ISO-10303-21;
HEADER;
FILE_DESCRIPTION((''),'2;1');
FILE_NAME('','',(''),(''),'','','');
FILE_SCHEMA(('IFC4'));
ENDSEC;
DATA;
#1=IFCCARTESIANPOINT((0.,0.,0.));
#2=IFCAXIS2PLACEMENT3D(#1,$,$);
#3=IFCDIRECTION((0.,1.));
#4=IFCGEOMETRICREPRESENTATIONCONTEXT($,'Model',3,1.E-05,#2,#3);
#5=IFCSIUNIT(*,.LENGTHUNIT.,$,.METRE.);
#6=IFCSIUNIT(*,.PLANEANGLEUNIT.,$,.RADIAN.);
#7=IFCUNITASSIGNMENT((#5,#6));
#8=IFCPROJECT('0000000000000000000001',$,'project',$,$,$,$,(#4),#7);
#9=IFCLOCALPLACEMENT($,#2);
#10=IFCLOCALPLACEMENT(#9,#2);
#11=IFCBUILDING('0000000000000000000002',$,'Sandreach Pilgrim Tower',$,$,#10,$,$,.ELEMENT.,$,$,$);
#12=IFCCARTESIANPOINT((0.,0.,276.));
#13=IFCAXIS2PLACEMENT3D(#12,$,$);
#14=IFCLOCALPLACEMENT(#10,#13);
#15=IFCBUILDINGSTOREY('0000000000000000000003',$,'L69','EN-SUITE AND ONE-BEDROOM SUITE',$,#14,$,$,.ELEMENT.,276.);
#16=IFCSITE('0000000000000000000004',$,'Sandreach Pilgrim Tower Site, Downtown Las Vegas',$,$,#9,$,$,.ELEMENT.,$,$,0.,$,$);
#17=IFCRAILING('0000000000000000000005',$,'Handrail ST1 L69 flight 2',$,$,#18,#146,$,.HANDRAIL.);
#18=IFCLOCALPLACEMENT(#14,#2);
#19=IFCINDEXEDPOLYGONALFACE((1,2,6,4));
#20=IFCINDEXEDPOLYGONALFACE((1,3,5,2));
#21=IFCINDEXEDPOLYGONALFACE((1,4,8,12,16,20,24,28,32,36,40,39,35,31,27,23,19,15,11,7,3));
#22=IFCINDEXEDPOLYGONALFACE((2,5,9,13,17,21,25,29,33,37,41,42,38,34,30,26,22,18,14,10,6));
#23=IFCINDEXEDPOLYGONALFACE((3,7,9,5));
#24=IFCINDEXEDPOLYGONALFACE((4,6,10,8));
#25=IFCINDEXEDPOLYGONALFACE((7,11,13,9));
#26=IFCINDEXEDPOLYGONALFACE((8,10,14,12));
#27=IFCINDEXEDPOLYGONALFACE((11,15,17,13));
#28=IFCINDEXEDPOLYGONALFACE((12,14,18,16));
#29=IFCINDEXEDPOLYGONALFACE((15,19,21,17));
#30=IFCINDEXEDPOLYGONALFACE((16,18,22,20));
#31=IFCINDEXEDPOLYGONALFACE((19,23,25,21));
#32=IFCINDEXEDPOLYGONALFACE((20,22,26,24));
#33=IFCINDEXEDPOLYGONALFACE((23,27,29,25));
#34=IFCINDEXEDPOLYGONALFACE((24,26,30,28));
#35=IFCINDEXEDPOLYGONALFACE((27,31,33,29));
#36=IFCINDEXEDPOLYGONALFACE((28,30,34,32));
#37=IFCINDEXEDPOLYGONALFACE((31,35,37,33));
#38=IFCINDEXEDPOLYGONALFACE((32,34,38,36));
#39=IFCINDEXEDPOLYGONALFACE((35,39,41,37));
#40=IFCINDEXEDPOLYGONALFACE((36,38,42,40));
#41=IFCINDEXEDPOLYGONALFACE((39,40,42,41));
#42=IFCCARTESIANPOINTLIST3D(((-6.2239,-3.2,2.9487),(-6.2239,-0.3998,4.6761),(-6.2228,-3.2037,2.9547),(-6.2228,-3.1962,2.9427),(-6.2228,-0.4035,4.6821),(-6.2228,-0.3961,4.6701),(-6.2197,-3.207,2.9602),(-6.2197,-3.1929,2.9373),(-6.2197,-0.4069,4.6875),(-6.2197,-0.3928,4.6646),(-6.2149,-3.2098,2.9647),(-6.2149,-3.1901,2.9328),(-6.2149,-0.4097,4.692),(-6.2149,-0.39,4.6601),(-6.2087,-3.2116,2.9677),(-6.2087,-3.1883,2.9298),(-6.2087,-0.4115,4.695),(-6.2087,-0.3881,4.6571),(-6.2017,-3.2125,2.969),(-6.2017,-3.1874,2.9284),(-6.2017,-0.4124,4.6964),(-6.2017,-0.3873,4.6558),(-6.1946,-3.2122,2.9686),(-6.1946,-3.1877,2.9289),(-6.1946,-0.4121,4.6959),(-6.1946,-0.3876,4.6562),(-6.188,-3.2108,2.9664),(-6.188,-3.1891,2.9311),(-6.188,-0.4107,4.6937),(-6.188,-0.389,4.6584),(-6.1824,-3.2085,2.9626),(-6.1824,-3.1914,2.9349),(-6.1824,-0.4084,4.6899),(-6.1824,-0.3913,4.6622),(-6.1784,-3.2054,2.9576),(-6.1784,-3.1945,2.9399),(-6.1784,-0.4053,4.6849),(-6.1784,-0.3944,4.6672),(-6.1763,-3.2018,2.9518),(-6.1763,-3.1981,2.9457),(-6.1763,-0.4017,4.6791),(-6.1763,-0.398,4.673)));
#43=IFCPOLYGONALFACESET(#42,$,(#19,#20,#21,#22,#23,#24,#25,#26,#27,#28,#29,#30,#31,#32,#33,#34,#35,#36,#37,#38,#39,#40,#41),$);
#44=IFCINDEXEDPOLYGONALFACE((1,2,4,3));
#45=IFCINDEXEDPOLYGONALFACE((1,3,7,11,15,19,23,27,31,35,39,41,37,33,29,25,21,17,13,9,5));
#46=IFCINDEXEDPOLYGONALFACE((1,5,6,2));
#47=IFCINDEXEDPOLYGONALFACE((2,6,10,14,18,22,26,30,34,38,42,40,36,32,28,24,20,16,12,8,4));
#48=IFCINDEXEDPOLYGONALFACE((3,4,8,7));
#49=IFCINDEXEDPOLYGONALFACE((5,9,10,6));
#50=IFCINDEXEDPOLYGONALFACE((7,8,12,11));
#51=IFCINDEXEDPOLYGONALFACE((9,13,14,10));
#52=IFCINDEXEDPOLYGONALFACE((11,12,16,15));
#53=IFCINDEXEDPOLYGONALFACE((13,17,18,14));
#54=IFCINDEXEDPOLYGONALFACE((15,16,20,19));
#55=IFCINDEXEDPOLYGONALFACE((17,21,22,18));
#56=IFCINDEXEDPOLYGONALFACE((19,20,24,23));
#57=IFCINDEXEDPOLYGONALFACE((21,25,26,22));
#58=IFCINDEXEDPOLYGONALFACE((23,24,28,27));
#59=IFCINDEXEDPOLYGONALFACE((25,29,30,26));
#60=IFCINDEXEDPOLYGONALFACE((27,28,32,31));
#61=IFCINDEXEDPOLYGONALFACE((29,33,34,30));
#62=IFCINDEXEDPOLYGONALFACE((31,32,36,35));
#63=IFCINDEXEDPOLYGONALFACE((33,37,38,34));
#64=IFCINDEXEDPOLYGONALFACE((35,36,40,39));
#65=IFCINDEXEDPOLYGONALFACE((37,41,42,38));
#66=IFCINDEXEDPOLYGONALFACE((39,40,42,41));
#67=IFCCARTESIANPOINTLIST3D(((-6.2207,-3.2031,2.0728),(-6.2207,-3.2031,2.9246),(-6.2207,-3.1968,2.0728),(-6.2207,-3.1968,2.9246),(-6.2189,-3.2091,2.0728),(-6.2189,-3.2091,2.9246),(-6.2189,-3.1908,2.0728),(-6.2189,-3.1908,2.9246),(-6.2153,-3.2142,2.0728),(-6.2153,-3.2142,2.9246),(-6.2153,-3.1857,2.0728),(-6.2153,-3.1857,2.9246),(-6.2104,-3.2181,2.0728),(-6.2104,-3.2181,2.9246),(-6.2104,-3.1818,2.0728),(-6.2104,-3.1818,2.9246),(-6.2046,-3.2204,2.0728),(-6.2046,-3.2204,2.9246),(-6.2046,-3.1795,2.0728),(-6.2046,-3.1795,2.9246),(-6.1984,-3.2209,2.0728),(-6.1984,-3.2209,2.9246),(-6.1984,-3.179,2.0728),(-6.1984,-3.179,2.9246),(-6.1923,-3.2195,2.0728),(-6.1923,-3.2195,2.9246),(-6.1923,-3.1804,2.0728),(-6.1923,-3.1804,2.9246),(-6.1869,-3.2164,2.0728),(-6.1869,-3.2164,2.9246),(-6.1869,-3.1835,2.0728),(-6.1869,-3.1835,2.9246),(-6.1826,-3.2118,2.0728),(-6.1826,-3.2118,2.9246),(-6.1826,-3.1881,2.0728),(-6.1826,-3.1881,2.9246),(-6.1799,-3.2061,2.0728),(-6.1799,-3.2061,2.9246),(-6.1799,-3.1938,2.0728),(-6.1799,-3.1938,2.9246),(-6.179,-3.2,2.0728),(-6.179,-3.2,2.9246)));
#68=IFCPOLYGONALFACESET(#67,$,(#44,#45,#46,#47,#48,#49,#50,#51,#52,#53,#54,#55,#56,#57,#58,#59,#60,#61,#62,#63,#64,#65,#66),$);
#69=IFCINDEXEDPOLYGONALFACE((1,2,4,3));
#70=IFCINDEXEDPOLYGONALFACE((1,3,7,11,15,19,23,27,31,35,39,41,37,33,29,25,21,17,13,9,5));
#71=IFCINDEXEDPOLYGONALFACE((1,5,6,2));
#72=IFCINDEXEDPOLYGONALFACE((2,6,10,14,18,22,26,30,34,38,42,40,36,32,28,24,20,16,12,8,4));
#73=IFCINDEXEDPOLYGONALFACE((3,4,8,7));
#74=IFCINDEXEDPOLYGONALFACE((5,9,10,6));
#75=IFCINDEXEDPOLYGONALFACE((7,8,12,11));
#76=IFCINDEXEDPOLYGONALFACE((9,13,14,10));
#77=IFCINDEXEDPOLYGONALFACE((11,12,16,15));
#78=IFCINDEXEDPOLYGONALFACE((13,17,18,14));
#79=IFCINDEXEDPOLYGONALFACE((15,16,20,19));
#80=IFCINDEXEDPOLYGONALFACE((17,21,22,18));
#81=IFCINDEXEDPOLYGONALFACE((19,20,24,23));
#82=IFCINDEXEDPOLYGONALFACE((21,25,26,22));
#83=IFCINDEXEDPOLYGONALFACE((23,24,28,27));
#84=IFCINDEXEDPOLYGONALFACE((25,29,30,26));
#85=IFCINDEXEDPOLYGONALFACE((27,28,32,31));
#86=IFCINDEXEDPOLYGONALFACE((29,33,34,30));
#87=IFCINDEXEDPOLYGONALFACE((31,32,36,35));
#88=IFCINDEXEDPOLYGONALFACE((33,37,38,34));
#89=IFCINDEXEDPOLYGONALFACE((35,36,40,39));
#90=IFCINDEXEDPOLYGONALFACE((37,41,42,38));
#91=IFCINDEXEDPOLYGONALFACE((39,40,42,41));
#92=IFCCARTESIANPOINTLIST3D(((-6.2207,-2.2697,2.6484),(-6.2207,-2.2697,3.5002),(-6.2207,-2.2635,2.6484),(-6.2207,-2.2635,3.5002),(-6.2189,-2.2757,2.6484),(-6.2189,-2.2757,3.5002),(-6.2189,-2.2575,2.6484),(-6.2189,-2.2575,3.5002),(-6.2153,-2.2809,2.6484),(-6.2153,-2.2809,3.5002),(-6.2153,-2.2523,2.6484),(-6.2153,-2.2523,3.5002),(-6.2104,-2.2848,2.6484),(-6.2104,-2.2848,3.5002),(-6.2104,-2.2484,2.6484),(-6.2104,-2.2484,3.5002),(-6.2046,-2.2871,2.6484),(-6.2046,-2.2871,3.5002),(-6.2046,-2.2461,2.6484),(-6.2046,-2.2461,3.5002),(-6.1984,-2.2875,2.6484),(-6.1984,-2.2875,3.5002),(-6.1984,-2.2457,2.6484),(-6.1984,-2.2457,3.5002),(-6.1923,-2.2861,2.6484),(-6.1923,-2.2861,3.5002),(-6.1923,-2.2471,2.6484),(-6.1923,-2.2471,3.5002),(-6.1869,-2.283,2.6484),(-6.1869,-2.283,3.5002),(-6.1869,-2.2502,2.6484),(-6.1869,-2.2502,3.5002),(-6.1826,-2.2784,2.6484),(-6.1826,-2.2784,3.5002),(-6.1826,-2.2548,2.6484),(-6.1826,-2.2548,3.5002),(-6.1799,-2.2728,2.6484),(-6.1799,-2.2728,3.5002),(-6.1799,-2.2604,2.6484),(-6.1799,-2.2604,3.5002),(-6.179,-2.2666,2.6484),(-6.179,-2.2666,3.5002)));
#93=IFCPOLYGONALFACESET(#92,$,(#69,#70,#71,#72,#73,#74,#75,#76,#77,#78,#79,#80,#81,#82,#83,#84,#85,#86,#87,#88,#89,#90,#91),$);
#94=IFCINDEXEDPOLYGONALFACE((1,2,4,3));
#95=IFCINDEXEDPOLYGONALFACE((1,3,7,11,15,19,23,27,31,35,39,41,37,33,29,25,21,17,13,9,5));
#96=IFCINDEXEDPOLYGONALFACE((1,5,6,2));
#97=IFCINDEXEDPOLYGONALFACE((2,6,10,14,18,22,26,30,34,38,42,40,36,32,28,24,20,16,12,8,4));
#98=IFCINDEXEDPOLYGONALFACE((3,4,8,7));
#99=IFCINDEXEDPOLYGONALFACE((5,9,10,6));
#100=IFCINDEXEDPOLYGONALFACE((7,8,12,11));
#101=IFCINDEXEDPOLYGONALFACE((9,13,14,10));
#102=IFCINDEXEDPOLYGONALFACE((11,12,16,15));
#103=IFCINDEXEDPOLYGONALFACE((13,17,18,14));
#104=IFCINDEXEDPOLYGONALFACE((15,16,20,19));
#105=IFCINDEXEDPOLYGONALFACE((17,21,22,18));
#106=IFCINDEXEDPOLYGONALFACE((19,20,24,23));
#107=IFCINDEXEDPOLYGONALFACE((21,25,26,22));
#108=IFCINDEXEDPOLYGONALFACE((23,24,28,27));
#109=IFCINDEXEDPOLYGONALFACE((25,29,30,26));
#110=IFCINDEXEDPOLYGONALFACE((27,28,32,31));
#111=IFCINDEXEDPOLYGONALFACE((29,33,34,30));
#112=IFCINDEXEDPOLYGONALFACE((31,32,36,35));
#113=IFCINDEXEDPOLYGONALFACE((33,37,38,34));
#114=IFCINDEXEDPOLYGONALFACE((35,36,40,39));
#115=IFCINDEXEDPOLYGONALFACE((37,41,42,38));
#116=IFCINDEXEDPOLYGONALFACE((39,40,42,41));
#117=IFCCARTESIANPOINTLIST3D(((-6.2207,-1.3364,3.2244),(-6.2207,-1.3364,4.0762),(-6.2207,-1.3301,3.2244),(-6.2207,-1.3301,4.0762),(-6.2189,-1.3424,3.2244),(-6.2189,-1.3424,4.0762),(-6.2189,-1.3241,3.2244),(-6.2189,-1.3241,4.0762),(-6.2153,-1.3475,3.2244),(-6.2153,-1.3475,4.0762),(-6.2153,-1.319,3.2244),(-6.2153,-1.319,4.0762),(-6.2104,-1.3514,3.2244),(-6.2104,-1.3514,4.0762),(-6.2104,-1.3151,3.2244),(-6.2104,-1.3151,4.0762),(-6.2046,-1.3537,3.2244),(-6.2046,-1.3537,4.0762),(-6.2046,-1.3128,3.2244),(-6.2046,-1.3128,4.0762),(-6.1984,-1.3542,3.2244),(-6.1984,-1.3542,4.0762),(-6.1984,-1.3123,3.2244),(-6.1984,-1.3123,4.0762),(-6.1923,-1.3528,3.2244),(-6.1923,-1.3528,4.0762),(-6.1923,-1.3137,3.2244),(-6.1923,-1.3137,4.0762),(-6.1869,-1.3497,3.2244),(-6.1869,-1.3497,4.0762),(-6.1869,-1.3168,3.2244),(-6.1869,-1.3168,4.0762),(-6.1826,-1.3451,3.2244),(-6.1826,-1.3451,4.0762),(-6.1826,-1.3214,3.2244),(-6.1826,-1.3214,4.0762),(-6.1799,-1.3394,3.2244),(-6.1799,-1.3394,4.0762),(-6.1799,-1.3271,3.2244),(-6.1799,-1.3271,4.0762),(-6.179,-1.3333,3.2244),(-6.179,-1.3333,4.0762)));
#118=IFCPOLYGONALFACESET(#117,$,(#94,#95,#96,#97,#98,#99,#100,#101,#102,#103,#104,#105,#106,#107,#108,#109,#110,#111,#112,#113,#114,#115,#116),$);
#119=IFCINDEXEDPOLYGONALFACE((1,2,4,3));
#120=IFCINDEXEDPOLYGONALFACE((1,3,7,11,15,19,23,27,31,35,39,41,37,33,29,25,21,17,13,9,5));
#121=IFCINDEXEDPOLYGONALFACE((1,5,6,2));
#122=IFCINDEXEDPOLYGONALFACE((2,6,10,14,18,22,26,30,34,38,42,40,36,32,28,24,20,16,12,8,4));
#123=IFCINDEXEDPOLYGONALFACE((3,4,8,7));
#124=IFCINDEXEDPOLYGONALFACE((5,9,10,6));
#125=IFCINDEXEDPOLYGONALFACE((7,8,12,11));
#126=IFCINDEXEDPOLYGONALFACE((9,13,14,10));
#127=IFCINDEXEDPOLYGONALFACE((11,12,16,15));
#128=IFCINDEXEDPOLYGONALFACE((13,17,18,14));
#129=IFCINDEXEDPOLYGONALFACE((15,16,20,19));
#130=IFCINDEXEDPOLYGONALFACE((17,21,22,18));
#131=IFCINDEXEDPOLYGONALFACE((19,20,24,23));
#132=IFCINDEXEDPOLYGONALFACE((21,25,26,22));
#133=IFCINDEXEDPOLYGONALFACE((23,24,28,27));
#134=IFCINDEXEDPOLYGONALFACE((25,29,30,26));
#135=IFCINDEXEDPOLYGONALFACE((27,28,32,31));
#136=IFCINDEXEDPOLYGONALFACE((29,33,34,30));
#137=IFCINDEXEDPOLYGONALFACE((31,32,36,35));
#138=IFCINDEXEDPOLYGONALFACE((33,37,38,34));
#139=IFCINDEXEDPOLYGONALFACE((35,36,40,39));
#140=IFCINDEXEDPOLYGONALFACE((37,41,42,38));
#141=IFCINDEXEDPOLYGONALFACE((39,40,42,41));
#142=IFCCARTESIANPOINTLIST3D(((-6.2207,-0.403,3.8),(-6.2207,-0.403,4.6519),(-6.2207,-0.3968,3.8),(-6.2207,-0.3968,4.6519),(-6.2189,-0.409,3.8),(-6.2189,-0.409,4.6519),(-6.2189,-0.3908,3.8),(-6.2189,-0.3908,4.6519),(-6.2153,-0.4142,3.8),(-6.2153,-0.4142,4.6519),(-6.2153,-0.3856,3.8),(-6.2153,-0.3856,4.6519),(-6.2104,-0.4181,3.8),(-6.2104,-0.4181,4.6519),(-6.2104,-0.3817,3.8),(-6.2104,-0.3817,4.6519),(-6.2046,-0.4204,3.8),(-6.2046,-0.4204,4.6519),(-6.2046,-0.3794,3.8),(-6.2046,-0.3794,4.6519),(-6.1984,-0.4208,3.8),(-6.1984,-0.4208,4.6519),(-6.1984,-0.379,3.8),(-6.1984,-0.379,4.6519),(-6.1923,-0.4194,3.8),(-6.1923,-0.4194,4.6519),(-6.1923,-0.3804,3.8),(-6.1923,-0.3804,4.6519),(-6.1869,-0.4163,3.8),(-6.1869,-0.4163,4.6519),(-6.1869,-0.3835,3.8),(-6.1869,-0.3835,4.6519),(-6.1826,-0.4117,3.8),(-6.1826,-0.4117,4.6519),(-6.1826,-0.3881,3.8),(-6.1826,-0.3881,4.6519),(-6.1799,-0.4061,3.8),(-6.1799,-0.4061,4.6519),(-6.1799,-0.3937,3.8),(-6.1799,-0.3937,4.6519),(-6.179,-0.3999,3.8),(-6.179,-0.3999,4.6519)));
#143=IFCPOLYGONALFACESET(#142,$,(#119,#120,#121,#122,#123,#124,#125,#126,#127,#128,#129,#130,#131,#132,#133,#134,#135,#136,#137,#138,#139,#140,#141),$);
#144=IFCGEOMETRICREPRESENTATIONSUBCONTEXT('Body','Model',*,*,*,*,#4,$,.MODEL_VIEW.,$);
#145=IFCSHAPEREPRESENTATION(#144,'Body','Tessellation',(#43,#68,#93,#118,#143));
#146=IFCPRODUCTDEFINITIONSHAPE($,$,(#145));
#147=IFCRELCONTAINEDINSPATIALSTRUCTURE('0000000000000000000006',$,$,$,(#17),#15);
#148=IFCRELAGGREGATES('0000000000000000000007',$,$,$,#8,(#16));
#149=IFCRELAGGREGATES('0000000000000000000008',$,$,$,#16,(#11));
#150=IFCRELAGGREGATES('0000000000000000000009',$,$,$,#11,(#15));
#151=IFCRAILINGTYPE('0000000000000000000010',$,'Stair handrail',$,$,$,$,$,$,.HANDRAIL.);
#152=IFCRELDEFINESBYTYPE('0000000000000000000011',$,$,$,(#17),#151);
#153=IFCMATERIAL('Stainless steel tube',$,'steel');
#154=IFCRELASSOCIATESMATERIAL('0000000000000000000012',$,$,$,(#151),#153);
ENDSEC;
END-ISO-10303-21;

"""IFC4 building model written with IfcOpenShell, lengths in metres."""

from ifc_helpers import new_model, si_unit, direction, frame, origin, origin_2d, place, context, subcontext, project, spatial, circle, extrude, material, type_object, element, save


model = new_model("IFC4")

# Units and contexts
model_context = context("Model", 3, precision=1e-05, world=origin(), true_north=direction((0.0, 1.0)))
body_context = subcontext(model_context, "Body", "Model", "MODEL_VIEW")
ifc_project = project(units=[si_unit("LENGTHUNIT", "METRE"), si_unit("PLANEANGLEUNIT", "RADIAN")], contexts=[model_context])

# Site, building, storey
site_placement = place(None, origin())
site = spatial("IfcSite", under=ifc_project, at=site_placement, Name="Sandreach Pilgrim Tower Site, Downtown Las Vegas", CompositionType="ELEMENT", RefElevation=0.0)
building_placement = place(site_placement, origin())
building = spatial("IfcBuilding", under=site, at=building_placement, Name="Sandreach Pilgrim Tower", CompositionType="ELEMENT")
storey_placement = place(building_placement, frame((0.0, 0.0, 276.0)))
storey = spatial("IfcBuildingStorey", under=building, at=storey_placement, Name="L69", Description="EN-SUITE AND ONE-BEDROOM SUITE", CompositionType="ELEMENT", Elevation=276.0)

# Railing
ifc_material_1 = material(Name="Stainless steel tube", Category="steel")
railing_type = type_object("IfcRailingType", Name="Stair handrail", PredefinedType="HANDRAIL", material=ifc_material_1)
for number, where, name in (
    (1, (-6.2, -3.2, 2.0728), "Handrail ST1 L69 flight 2"),
):
    element("IfcRailing", number, at=place(storey_placement, frame(where)), inside=storey, type_object=railing_type, Name=name, PredefinedType="HANDRAIL", context=body_context, shape_type="SweptSolid", body=[
        extrude(circle(Radius=0.0239, at=origin_2d()), frame((0.0, 0.0, 0.876), z_axis=(0.0, 0.85109, 0.52502), x_axis=(-1.0, 0.0, 0.0)), (0.0, 0.0, 1.0), 3.29),
        extrude(circle(Radius=0.021, at=origin_2d()), origin(), (0.0, 0.0, 1.0), 0.8518),
        extrude(circle(Radius=0.021, at=origin_2d()), frame((0.0, 0.9333, 0.5757)), (0.0, 0.0, 1.0), 0.8518),
        extrude(circle(Radius=0.021, at=origin_2d()), frame((0.0, 1.8667, 1.1516)), (0.0, 0.0, 1.0), 0.8518),
        extrude(circle(Radius=0.021, at=origin_2d()), frame((0.0, 2.8, 1.7273)), (0.0, 0.0, 1.0), 0.8518),
    ])

save(model, "model.ifc")
